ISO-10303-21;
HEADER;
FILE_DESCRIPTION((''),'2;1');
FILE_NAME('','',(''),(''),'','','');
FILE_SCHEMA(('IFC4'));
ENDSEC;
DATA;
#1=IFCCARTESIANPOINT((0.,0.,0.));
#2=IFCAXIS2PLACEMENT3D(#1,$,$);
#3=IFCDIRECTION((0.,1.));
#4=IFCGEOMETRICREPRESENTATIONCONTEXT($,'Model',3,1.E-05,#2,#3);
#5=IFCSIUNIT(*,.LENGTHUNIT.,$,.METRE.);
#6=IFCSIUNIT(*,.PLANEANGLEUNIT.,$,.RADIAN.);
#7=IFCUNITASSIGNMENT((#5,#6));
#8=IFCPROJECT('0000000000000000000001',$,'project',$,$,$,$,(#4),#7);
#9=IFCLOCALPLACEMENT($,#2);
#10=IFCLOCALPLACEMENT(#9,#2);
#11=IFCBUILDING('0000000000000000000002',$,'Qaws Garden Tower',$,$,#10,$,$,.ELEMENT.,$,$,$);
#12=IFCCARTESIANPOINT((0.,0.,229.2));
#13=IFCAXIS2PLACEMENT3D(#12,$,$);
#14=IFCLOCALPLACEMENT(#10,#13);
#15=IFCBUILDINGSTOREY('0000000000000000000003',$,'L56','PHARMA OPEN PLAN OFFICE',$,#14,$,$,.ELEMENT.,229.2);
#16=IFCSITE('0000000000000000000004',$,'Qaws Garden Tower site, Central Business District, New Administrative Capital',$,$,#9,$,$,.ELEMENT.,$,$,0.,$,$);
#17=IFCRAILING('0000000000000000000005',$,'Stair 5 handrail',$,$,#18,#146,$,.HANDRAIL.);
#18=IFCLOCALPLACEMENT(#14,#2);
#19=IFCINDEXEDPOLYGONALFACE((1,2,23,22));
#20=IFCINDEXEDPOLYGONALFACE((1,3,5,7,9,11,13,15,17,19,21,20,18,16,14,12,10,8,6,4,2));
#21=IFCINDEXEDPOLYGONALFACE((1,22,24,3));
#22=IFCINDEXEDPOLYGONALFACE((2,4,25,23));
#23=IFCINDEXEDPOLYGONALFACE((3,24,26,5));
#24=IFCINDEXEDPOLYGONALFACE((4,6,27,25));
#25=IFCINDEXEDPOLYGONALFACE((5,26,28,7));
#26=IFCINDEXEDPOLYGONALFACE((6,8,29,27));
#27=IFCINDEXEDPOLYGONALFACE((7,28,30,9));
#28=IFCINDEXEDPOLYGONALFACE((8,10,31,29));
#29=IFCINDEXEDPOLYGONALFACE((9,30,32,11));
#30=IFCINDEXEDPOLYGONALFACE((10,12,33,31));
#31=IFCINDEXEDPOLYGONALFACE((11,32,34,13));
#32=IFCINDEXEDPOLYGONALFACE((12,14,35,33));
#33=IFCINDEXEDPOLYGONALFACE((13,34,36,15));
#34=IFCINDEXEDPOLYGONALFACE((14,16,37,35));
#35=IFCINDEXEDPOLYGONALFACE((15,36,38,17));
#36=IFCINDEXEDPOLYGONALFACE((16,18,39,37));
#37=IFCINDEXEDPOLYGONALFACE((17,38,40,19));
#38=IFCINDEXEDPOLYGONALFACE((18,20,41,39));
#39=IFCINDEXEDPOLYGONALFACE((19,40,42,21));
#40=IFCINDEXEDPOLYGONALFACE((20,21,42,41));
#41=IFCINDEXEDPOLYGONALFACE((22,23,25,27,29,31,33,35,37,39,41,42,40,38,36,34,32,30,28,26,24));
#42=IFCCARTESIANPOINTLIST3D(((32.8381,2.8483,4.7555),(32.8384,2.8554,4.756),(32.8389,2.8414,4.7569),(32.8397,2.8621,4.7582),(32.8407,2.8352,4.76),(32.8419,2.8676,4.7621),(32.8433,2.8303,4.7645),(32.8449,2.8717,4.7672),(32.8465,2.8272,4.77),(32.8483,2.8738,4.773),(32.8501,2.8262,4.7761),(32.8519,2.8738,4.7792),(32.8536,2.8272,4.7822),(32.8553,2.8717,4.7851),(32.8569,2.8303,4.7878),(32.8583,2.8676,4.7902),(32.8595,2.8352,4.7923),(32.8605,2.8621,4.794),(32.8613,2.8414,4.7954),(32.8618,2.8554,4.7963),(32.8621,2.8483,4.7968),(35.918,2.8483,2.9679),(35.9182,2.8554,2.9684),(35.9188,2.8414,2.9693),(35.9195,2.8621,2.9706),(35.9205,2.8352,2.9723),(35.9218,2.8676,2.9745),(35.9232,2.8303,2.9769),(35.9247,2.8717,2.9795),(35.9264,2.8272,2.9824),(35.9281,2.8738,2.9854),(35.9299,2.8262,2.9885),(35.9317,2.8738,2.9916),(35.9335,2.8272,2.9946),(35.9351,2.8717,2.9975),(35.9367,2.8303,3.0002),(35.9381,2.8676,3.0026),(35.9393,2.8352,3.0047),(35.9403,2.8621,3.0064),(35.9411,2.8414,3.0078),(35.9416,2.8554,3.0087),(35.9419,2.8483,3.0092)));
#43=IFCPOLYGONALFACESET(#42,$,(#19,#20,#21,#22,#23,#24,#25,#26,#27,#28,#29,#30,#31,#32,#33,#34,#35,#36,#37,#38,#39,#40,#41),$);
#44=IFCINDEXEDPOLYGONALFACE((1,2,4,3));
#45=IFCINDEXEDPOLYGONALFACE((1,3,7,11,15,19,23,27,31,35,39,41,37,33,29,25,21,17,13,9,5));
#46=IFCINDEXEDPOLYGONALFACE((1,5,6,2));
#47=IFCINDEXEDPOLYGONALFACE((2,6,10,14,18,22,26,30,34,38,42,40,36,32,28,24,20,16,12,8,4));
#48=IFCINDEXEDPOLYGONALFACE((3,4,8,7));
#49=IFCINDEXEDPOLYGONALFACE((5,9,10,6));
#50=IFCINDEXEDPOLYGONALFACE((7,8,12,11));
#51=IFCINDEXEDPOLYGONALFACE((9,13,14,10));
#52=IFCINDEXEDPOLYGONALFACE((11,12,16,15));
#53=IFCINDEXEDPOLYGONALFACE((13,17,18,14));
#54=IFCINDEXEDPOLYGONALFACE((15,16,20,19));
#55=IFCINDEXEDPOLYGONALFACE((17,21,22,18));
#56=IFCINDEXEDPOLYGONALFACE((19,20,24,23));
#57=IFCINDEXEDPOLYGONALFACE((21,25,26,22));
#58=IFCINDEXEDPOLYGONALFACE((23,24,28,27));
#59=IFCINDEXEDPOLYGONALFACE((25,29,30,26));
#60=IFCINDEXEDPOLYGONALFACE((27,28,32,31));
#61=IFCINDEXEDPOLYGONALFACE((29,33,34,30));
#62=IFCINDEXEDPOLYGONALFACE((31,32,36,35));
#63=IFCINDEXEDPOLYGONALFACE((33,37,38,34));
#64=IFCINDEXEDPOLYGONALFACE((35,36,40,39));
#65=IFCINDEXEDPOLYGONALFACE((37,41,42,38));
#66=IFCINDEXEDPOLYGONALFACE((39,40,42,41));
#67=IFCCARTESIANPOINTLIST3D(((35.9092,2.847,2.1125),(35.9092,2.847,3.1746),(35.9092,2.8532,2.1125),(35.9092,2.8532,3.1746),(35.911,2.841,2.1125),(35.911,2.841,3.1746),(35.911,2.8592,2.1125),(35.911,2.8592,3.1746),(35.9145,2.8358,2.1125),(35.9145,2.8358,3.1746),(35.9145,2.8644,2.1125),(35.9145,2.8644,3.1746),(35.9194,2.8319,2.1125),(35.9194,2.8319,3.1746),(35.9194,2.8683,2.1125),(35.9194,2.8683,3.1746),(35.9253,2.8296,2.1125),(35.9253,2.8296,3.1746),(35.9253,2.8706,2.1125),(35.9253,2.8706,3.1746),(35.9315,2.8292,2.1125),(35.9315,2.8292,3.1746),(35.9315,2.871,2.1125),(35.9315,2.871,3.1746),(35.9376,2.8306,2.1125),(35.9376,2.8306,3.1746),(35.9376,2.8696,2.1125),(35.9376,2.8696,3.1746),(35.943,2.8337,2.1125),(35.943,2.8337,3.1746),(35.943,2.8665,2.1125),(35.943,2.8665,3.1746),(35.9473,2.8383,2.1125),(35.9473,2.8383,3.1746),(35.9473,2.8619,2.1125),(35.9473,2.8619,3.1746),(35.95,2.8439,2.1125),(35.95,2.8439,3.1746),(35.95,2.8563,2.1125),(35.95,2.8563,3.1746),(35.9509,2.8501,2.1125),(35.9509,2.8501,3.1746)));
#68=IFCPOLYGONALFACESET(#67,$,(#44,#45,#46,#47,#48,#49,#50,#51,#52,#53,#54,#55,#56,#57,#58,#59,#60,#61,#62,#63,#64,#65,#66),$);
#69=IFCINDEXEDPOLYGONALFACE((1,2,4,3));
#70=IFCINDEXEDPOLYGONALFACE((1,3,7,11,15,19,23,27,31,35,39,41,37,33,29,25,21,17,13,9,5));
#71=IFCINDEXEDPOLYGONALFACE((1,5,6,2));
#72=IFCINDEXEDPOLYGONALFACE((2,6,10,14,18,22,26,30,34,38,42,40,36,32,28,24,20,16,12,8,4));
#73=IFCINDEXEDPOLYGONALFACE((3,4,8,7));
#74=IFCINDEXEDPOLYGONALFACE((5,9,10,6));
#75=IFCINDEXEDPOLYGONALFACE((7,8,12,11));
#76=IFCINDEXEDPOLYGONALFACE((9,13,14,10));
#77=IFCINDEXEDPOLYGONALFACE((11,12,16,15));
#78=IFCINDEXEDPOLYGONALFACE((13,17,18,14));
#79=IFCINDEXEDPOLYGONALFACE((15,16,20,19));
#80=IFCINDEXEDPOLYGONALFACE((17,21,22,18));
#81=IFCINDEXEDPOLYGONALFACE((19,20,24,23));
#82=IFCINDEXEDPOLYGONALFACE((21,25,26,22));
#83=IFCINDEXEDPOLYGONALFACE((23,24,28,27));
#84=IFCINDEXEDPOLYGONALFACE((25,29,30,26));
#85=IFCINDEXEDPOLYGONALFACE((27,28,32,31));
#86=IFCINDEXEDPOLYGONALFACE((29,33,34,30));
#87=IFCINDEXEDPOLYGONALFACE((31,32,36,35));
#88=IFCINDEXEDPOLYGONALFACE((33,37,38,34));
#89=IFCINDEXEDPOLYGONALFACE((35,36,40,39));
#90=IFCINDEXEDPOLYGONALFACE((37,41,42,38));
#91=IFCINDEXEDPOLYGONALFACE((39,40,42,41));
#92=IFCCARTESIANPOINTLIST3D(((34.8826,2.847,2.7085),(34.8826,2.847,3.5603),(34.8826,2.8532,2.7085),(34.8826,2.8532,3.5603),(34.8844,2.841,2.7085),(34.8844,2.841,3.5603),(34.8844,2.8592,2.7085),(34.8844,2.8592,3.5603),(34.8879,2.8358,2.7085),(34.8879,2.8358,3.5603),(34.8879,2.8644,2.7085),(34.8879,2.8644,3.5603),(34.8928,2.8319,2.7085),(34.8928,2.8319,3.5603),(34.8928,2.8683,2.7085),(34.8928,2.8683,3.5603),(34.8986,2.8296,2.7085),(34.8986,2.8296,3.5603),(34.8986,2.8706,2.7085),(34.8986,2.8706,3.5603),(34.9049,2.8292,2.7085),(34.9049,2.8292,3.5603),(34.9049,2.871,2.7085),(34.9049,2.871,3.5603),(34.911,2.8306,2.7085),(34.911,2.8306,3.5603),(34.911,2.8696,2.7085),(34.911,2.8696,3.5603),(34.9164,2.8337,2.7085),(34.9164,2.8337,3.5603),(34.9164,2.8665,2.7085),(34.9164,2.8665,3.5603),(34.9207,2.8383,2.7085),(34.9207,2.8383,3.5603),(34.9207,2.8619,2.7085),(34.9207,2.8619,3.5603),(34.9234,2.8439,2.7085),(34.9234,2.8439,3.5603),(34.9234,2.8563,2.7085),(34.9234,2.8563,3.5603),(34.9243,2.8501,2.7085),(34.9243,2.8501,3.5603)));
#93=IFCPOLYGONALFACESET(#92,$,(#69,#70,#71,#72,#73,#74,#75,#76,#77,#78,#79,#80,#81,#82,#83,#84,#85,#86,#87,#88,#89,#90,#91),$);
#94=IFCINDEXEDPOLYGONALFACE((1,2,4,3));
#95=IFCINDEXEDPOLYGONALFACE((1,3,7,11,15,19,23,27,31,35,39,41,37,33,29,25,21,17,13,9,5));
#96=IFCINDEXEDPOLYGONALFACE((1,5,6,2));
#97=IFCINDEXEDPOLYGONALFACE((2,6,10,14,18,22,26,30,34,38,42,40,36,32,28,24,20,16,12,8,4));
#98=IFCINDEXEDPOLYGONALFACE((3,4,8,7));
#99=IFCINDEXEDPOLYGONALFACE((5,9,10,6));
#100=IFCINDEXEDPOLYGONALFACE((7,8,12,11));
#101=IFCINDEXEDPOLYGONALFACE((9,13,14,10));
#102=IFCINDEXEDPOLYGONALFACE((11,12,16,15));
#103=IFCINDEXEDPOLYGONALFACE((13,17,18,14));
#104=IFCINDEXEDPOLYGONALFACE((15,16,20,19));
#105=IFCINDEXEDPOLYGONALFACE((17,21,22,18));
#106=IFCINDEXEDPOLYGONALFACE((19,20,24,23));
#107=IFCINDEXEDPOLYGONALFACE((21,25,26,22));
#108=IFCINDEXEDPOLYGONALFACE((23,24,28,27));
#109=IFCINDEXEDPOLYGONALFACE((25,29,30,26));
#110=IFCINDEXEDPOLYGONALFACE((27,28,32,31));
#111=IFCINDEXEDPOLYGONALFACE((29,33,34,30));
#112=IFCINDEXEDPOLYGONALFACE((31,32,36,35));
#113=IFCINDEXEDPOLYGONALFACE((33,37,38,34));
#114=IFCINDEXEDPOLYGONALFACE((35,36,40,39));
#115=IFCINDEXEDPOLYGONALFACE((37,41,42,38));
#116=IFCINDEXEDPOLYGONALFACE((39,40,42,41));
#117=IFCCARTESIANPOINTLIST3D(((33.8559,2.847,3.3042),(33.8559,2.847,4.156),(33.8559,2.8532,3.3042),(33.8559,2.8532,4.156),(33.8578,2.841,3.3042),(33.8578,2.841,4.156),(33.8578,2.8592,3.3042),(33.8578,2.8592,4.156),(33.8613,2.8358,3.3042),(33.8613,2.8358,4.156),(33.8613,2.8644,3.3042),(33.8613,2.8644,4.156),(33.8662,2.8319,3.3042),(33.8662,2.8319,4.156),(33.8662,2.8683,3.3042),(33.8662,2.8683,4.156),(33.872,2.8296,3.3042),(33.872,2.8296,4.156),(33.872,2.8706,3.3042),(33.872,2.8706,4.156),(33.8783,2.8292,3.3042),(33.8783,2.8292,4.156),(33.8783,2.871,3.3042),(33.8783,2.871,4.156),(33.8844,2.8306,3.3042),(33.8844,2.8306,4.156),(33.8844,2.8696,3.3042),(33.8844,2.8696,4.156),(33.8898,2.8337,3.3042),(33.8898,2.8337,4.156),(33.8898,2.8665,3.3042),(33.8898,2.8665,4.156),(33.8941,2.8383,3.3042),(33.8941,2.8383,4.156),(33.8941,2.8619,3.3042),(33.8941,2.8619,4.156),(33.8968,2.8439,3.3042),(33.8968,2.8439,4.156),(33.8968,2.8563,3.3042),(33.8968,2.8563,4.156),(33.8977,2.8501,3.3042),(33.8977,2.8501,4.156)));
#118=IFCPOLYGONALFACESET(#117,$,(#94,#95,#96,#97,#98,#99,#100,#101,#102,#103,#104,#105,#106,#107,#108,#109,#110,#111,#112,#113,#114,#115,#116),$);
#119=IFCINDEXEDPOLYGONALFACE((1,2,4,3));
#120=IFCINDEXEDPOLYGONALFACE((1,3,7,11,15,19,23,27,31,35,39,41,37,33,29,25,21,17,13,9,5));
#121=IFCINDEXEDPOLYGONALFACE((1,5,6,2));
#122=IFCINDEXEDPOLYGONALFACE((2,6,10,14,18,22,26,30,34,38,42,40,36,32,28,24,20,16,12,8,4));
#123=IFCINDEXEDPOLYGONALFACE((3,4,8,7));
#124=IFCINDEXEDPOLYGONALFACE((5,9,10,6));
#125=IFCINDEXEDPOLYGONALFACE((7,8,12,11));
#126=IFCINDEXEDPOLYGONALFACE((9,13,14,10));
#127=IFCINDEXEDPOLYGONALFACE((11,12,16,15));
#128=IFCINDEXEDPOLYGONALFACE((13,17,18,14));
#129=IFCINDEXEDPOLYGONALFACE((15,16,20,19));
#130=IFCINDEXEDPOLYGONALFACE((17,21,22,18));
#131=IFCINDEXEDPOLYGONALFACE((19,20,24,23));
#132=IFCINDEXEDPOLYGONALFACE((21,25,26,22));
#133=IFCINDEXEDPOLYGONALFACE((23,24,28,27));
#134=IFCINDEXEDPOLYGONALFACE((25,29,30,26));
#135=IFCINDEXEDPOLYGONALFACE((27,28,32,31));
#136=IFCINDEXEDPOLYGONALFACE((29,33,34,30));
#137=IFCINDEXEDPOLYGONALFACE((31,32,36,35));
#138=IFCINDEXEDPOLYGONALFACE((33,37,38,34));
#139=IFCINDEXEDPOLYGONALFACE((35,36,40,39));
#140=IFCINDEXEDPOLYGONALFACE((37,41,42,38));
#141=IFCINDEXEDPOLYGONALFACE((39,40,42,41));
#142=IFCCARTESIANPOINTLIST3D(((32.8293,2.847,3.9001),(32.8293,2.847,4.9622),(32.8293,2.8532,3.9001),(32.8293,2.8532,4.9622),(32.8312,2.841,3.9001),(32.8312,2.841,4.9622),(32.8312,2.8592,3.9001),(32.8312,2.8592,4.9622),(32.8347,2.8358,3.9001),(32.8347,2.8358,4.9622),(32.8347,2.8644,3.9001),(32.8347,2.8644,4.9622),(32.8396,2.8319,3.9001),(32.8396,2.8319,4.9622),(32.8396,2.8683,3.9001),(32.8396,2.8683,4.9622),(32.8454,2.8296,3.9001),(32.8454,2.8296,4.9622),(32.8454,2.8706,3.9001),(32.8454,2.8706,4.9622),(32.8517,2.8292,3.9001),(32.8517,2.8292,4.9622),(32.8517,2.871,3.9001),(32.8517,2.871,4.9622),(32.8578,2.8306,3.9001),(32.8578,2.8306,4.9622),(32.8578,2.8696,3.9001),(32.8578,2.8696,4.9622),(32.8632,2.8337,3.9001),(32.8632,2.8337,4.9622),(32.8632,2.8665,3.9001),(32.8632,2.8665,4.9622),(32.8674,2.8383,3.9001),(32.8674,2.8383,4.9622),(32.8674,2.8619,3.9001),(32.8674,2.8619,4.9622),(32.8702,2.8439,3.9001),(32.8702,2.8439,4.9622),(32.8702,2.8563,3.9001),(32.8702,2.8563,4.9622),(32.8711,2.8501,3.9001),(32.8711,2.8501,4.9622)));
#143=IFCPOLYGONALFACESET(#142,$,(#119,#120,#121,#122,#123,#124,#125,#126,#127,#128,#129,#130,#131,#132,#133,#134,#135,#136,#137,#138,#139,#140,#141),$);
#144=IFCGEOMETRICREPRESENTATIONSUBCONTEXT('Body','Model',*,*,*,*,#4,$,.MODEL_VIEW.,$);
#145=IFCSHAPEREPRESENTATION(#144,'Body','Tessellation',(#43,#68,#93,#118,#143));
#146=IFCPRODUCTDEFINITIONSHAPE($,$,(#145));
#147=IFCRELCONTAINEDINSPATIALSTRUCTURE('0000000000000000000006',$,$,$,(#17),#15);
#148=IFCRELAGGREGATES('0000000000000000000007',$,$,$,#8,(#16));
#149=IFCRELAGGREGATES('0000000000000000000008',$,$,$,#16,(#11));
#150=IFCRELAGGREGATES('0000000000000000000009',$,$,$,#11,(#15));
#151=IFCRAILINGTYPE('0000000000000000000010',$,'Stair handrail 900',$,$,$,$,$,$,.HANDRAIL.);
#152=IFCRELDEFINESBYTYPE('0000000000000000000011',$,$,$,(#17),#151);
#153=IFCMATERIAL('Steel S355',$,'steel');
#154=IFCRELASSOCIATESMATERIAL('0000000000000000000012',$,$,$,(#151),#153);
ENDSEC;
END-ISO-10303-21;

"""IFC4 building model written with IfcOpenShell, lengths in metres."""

from ifc_helpers import new_model, si_unit, direction, frame, origin, origin_2d, place, context, subcontext, project, spatial, circle, extrude, material, type_object, element, save


model = new_model("IFC4")

# Units and contexts
model_context = context("Model", 3, precision=1e-05, world=origin(), true_north=direction((0.0, 1.0)))
body_context = subcontext(model_context, "Body", "Model", "MODEL_VIEW")
ifc_project = project(units=[si_unit("LENGTHUNIT", "METRE"), si_unit("PLANEANGLEUNIT", "RADIAN")], contexts=[model_context])

# Site, building, storey
site_placement = place(None, origin())
site = spatial("IfcSite", under=ifc_project, at=site_placement, Name="Qaws Garden Tower site, Central Business District, New Administrative Capital", CompositionType="ELEMENT", RefElevation=0.0)
building_placement = place(site_placement, origin())
building = spatial("IfcBuilding", under=site, at=building_placement, Name="Qaws Garden Tower", CompositionType="ELEMENT")
storey_placement = place(building_placement, frame((0.0, 0.0, 229.2)))
storey = spatial("IfcBuildingStorey", under=building, at=storey_placement, Name="L56", Description="PHARMA OPEN PLAN OFFICE", CompositionType="ELEMENT", Elevation=229.2)

# Railing
ifc_material_1 = material(Name="Steel S355", Category="steel")
railing_type = type_object("IfcRailingType", Name="Stair handrail 900", PredefinedType="HANDRAIL", material=ifc_material_1)
railing_1_placement = place(storey_placement, frame((35.9299, 2.8501, 2.1125)))
element("IfcRailing", 1, at=railing_1_placement, inside=storey, type_object=railing_type, Name="Stair 5 handrail", PredefinedType="HANDRAIL", context=body_context, shape_type="SweptSolid", body=[
    extrude(circle(Radius=0.0239, at=origin_2d()), frame((0.0, 0.0, 0.876), z_axis=(-0.864873, 0.0, 0.50199), x_axis=(0.0, -1.0, 0.0)), (0.0, 0.0, 1.0), 3.561),
    extrude(circle(Radius=0.021, at=origin_2d()), origin(), (0.0, 0.0, 1.0), 1.062),
    extrude(circle(Radius=0.021, at=origin_2d()), frame((-1.0266, 0.0, 0.5959)), (0.0, 0.0, 1.0), 0.8518),
    extrude(circle(Radius=0.021, at=origin_2d()), frame((-2.0532, 0.0, 1.1917)), (0.0, 0.0, 1.0), 0.8518),
    extrude(circle(Radius=0.021, at=origin_2d()), frame((-3.0798, 0.0, 1.7876)), (0.0, 0.0, 1.0), 1.062),
])

save(model, "model.ifc")
